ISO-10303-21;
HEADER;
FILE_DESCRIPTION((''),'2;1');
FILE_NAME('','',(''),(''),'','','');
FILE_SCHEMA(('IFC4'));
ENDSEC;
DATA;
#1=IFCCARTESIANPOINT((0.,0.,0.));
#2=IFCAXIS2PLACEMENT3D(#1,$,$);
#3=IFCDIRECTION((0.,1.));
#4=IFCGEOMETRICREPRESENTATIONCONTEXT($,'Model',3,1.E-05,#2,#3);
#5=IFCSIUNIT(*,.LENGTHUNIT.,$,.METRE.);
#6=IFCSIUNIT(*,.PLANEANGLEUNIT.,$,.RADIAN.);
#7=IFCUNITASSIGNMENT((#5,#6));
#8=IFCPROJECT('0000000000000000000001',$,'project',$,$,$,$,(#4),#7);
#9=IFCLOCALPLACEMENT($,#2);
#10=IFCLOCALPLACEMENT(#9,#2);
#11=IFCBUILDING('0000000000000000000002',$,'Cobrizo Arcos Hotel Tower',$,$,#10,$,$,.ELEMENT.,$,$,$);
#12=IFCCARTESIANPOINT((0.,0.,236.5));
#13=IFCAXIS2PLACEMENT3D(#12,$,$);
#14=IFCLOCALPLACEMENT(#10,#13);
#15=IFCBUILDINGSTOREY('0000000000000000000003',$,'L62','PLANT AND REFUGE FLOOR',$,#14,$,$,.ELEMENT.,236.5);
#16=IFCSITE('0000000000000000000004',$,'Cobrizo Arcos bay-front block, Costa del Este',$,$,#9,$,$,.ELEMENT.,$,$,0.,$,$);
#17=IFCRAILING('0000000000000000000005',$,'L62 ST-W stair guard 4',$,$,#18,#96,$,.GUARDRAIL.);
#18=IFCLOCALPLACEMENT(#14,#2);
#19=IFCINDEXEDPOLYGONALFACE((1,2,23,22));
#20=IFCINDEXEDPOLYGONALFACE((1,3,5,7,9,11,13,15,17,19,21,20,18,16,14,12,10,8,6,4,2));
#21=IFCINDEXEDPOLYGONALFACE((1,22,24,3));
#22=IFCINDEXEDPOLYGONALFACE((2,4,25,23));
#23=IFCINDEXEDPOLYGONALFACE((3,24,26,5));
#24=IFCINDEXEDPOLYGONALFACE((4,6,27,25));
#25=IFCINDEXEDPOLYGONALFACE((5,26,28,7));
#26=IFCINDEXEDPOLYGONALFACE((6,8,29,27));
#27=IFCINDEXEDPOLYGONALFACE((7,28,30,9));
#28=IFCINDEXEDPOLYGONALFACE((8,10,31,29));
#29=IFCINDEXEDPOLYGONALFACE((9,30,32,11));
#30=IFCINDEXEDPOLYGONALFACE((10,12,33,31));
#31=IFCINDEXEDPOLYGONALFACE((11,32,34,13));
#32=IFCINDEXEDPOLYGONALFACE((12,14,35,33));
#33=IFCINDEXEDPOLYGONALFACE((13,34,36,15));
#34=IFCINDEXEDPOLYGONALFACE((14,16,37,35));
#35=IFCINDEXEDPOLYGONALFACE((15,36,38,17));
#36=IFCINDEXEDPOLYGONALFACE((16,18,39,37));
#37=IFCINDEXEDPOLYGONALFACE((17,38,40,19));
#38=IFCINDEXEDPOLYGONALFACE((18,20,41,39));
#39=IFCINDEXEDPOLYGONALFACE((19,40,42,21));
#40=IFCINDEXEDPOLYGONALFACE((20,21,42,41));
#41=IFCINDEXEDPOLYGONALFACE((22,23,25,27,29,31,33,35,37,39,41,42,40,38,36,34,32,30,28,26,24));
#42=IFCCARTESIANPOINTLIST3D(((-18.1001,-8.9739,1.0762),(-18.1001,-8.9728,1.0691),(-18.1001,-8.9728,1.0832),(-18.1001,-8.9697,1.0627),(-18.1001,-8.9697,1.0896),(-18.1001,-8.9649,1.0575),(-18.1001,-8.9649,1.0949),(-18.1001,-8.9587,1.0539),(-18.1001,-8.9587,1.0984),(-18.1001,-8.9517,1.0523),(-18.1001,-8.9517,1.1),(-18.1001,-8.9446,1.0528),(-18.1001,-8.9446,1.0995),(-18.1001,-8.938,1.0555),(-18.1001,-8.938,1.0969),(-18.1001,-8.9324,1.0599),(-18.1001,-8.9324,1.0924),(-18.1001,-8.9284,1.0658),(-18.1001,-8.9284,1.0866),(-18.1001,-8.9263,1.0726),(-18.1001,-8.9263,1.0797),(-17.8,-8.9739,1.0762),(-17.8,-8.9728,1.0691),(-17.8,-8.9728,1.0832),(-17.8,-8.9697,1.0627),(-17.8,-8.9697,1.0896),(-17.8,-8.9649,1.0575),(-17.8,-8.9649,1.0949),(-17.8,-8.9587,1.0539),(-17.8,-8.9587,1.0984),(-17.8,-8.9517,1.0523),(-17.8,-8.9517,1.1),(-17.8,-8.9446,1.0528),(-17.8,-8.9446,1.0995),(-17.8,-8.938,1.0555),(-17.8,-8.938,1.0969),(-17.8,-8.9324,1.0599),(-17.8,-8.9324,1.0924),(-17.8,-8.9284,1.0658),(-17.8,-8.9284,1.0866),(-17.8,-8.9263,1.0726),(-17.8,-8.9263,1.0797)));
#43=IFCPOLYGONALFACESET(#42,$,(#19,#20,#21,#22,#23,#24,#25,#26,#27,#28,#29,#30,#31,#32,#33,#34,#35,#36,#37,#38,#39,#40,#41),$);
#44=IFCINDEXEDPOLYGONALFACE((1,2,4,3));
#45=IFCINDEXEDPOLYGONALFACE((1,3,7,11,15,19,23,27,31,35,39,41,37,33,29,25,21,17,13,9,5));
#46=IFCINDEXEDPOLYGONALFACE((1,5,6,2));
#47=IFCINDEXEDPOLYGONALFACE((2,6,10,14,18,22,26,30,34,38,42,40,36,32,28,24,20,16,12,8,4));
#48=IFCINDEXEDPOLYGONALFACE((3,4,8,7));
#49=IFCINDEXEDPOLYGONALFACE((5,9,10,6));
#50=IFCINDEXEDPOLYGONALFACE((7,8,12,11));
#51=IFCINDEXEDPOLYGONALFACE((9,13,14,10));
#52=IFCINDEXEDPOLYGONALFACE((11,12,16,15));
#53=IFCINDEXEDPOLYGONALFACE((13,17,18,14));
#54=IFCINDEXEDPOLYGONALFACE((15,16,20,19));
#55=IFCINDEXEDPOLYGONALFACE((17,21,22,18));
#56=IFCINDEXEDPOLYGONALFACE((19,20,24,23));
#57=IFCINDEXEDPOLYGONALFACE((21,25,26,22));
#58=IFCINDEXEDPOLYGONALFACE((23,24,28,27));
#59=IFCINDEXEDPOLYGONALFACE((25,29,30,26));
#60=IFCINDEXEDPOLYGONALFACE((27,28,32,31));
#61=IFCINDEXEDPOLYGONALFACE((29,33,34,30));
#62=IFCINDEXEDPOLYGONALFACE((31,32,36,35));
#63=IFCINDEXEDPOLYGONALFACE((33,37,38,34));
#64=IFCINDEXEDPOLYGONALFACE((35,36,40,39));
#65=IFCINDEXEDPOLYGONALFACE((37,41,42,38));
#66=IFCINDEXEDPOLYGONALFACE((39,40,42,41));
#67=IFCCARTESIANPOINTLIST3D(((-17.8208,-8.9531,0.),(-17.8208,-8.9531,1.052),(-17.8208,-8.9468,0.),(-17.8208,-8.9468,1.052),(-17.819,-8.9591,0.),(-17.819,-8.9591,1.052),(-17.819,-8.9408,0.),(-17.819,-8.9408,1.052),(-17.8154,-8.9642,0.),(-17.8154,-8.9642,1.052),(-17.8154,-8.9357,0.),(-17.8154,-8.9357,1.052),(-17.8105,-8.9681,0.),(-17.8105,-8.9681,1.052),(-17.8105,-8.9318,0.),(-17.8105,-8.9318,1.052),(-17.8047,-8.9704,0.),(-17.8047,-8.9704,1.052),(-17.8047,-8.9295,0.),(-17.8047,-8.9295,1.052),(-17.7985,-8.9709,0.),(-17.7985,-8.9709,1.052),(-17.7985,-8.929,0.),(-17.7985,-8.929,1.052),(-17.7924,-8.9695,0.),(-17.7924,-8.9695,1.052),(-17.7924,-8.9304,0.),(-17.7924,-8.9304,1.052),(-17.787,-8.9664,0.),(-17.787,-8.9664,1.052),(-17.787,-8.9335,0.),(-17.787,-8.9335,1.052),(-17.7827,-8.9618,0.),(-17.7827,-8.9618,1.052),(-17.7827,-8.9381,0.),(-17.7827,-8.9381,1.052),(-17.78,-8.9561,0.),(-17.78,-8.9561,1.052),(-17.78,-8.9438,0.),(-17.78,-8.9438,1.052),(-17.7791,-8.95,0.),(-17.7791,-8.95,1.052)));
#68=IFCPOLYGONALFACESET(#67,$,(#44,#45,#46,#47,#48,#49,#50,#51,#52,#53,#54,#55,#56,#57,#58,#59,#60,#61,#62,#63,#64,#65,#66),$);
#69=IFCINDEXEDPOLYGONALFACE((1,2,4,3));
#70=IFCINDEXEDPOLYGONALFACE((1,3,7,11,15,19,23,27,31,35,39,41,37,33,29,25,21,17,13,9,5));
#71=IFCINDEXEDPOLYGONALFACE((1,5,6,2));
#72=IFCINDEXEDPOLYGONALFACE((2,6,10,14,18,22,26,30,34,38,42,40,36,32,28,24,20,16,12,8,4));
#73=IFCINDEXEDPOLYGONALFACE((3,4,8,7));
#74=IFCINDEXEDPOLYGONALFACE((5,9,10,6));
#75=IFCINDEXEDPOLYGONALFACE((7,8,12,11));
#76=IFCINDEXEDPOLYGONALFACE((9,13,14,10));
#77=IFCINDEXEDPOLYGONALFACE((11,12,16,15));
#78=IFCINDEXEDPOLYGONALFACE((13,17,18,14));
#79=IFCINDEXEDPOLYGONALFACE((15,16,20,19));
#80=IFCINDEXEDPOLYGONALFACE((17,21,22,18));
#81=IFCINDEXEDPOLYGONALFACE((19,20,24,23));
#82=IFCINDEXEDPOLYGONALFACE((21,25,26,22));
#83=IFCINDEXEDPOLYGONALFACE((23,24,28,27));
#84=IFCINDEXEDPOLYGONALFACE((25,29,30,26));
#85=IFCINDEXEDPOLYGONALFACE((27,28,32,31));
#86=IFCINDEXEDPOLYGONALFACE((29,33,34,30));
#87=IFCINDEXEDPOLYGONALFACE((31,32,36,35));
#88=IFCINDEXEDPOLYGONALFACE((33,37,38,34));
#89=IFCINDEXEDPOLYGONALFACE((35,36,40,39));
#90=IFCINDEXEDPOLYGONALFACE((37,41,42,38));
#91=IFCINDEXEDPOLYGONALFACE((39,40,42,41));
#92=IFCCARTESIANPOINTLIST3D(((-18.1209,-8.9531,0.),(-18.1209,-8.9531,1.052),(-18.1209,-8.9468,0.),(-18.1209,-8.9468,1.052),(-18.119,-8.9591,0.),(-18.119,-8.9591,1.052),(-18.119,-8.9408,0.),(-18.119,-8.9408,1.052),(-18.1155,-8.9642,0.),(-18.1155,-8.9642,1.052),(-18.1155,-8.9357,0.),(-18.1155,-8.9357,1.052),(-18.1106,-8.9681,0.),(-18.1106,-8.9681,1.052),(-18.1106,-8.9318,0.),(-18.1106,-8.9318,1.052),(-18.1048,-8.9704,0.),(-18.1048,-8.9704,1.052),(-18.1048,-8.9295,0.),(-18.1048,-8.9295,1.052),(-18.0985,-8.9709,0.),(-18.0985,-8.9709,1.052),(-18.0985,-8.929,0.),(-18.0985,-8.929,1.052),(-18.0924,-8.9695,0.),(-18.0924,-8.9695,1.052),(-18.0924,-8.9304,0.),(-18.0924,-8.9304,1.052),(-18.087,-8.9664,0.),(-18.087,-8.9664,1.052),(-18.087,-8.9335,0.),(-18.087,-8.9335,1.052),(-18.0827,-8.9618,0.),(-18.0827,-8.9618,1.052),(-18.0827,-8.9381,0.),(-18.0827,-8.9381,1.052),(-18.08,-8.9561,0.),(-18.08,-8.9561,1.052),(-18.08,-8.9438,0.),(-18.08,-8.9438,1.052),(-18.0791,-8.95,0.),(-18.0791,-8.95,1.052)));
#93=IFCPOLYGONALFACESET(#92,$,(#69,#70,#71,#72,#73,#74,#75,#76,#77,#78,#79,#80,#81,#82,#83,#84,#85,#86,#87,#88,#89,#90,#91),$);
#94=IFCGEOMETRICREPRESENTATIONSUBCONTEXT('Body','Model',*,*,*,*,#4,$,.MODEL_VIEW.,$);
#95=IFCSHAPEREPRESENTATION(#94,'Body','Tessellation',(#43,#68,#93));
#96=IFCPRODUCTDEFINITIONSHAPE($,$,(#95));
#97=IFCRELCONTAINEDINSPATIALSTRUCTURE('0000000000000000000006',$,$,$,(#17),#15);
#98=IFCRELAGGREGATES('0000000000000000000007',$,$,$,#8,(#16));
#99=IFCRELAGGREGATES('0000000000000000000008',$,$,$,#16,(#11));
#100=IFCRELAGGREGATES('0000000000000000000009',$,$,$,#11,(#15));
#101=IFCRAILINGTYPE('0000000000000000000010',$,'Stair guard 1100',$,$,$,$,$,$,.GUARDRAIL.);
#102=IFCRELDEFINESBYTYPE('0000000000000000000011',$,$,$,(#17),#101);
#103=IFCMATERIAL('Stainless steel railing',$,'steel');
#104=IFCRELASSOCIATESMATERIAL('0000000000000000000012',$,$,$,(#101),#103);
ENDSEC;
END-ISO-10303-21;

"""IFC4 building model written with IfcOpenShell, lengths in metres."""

from ifc_helpers import new_model, si_unit, direction, frame, origin, origin_2d, place, context, subcontext, project, spatial, circle, extrude, material, type_object, element, save


model = new_model("IFC4")

# Units and contexts
model_context = context("Model", 3, precision=1e-05, world=origin(), true_north=direction((0.0, 1.0)))
body_context = subcontext(model_context, "Body", "Model", "MODEL_VIEW")
ifc_project = project(units=[si_unit("LENGTHUNIT", "METRE"), si_unit("PLANEANGLEUNIT", "RADIAN")], contexts=[model_context])

# Site, building, storey
site_placement = place(None, origin())
site = spatial("IfcSite", under=ifc_project, at=site_placement, Name="Cobrizo Arcos bay-front block, Costa del Este", CompositionType="ELEMENT", RefElevation=0.0)
building_placement = place(site_placement, origin())
building = spatial("IfcBuilding", under=site, at=building_placement, Name="Cobrizo Arcos Hotel Tower", CompositionType="ELEMENT")
storey_placement = place(building_placement, frame((0.0, 0.0, 236.5)))
storey = spatial("IfcBuildingStorey", under=building, at=storey_placement, Name="L62", Description="PLANT AND REFUGE FLOOR", CompositionType="ELEMENT", Elevation=236.5)

# Railing
ifc_material_1 = material(Name="Stainless steel railing", Category="steel")
railing_type = type_object("IfcRailingType", Name="Stair guard 1100", PredefinedType="GUARDRAIL", material=ifc_material_1)
railing_1_placement = place(storey_placement, frame((-17.8, -8.95, 0.0)))
element("IfcRailing", 1, at=railing_1_placement, inside=storey, type_object=railing_type, Name="L62 ST-W stair guard 4", PredefinedType="GUARDRAIL", context=body_context, shape_type="SweptSolid", body=[
    extrude(circle(Radius=0.0239, at=origin_2d()), frame((0.0, 0.0, 1.0762), z_axis=(-1.0, 0.0, 0.0), x_axis=(0.0, -1.0, 0.0)), (0.0, 0.0, 1.0), 0.3),
    extrude(circle(Radius=0.021, at=origin_2d()), origin(), (0.0, 0.0, 1.0), 1.052),
    extrude(circle(Radius=0.021, at=origin_2d()), frame((-0.3, 0.0, 0.0)), (0.0, 0.0, 1.0), 1.052),
])

save(model, "model.ifc")
